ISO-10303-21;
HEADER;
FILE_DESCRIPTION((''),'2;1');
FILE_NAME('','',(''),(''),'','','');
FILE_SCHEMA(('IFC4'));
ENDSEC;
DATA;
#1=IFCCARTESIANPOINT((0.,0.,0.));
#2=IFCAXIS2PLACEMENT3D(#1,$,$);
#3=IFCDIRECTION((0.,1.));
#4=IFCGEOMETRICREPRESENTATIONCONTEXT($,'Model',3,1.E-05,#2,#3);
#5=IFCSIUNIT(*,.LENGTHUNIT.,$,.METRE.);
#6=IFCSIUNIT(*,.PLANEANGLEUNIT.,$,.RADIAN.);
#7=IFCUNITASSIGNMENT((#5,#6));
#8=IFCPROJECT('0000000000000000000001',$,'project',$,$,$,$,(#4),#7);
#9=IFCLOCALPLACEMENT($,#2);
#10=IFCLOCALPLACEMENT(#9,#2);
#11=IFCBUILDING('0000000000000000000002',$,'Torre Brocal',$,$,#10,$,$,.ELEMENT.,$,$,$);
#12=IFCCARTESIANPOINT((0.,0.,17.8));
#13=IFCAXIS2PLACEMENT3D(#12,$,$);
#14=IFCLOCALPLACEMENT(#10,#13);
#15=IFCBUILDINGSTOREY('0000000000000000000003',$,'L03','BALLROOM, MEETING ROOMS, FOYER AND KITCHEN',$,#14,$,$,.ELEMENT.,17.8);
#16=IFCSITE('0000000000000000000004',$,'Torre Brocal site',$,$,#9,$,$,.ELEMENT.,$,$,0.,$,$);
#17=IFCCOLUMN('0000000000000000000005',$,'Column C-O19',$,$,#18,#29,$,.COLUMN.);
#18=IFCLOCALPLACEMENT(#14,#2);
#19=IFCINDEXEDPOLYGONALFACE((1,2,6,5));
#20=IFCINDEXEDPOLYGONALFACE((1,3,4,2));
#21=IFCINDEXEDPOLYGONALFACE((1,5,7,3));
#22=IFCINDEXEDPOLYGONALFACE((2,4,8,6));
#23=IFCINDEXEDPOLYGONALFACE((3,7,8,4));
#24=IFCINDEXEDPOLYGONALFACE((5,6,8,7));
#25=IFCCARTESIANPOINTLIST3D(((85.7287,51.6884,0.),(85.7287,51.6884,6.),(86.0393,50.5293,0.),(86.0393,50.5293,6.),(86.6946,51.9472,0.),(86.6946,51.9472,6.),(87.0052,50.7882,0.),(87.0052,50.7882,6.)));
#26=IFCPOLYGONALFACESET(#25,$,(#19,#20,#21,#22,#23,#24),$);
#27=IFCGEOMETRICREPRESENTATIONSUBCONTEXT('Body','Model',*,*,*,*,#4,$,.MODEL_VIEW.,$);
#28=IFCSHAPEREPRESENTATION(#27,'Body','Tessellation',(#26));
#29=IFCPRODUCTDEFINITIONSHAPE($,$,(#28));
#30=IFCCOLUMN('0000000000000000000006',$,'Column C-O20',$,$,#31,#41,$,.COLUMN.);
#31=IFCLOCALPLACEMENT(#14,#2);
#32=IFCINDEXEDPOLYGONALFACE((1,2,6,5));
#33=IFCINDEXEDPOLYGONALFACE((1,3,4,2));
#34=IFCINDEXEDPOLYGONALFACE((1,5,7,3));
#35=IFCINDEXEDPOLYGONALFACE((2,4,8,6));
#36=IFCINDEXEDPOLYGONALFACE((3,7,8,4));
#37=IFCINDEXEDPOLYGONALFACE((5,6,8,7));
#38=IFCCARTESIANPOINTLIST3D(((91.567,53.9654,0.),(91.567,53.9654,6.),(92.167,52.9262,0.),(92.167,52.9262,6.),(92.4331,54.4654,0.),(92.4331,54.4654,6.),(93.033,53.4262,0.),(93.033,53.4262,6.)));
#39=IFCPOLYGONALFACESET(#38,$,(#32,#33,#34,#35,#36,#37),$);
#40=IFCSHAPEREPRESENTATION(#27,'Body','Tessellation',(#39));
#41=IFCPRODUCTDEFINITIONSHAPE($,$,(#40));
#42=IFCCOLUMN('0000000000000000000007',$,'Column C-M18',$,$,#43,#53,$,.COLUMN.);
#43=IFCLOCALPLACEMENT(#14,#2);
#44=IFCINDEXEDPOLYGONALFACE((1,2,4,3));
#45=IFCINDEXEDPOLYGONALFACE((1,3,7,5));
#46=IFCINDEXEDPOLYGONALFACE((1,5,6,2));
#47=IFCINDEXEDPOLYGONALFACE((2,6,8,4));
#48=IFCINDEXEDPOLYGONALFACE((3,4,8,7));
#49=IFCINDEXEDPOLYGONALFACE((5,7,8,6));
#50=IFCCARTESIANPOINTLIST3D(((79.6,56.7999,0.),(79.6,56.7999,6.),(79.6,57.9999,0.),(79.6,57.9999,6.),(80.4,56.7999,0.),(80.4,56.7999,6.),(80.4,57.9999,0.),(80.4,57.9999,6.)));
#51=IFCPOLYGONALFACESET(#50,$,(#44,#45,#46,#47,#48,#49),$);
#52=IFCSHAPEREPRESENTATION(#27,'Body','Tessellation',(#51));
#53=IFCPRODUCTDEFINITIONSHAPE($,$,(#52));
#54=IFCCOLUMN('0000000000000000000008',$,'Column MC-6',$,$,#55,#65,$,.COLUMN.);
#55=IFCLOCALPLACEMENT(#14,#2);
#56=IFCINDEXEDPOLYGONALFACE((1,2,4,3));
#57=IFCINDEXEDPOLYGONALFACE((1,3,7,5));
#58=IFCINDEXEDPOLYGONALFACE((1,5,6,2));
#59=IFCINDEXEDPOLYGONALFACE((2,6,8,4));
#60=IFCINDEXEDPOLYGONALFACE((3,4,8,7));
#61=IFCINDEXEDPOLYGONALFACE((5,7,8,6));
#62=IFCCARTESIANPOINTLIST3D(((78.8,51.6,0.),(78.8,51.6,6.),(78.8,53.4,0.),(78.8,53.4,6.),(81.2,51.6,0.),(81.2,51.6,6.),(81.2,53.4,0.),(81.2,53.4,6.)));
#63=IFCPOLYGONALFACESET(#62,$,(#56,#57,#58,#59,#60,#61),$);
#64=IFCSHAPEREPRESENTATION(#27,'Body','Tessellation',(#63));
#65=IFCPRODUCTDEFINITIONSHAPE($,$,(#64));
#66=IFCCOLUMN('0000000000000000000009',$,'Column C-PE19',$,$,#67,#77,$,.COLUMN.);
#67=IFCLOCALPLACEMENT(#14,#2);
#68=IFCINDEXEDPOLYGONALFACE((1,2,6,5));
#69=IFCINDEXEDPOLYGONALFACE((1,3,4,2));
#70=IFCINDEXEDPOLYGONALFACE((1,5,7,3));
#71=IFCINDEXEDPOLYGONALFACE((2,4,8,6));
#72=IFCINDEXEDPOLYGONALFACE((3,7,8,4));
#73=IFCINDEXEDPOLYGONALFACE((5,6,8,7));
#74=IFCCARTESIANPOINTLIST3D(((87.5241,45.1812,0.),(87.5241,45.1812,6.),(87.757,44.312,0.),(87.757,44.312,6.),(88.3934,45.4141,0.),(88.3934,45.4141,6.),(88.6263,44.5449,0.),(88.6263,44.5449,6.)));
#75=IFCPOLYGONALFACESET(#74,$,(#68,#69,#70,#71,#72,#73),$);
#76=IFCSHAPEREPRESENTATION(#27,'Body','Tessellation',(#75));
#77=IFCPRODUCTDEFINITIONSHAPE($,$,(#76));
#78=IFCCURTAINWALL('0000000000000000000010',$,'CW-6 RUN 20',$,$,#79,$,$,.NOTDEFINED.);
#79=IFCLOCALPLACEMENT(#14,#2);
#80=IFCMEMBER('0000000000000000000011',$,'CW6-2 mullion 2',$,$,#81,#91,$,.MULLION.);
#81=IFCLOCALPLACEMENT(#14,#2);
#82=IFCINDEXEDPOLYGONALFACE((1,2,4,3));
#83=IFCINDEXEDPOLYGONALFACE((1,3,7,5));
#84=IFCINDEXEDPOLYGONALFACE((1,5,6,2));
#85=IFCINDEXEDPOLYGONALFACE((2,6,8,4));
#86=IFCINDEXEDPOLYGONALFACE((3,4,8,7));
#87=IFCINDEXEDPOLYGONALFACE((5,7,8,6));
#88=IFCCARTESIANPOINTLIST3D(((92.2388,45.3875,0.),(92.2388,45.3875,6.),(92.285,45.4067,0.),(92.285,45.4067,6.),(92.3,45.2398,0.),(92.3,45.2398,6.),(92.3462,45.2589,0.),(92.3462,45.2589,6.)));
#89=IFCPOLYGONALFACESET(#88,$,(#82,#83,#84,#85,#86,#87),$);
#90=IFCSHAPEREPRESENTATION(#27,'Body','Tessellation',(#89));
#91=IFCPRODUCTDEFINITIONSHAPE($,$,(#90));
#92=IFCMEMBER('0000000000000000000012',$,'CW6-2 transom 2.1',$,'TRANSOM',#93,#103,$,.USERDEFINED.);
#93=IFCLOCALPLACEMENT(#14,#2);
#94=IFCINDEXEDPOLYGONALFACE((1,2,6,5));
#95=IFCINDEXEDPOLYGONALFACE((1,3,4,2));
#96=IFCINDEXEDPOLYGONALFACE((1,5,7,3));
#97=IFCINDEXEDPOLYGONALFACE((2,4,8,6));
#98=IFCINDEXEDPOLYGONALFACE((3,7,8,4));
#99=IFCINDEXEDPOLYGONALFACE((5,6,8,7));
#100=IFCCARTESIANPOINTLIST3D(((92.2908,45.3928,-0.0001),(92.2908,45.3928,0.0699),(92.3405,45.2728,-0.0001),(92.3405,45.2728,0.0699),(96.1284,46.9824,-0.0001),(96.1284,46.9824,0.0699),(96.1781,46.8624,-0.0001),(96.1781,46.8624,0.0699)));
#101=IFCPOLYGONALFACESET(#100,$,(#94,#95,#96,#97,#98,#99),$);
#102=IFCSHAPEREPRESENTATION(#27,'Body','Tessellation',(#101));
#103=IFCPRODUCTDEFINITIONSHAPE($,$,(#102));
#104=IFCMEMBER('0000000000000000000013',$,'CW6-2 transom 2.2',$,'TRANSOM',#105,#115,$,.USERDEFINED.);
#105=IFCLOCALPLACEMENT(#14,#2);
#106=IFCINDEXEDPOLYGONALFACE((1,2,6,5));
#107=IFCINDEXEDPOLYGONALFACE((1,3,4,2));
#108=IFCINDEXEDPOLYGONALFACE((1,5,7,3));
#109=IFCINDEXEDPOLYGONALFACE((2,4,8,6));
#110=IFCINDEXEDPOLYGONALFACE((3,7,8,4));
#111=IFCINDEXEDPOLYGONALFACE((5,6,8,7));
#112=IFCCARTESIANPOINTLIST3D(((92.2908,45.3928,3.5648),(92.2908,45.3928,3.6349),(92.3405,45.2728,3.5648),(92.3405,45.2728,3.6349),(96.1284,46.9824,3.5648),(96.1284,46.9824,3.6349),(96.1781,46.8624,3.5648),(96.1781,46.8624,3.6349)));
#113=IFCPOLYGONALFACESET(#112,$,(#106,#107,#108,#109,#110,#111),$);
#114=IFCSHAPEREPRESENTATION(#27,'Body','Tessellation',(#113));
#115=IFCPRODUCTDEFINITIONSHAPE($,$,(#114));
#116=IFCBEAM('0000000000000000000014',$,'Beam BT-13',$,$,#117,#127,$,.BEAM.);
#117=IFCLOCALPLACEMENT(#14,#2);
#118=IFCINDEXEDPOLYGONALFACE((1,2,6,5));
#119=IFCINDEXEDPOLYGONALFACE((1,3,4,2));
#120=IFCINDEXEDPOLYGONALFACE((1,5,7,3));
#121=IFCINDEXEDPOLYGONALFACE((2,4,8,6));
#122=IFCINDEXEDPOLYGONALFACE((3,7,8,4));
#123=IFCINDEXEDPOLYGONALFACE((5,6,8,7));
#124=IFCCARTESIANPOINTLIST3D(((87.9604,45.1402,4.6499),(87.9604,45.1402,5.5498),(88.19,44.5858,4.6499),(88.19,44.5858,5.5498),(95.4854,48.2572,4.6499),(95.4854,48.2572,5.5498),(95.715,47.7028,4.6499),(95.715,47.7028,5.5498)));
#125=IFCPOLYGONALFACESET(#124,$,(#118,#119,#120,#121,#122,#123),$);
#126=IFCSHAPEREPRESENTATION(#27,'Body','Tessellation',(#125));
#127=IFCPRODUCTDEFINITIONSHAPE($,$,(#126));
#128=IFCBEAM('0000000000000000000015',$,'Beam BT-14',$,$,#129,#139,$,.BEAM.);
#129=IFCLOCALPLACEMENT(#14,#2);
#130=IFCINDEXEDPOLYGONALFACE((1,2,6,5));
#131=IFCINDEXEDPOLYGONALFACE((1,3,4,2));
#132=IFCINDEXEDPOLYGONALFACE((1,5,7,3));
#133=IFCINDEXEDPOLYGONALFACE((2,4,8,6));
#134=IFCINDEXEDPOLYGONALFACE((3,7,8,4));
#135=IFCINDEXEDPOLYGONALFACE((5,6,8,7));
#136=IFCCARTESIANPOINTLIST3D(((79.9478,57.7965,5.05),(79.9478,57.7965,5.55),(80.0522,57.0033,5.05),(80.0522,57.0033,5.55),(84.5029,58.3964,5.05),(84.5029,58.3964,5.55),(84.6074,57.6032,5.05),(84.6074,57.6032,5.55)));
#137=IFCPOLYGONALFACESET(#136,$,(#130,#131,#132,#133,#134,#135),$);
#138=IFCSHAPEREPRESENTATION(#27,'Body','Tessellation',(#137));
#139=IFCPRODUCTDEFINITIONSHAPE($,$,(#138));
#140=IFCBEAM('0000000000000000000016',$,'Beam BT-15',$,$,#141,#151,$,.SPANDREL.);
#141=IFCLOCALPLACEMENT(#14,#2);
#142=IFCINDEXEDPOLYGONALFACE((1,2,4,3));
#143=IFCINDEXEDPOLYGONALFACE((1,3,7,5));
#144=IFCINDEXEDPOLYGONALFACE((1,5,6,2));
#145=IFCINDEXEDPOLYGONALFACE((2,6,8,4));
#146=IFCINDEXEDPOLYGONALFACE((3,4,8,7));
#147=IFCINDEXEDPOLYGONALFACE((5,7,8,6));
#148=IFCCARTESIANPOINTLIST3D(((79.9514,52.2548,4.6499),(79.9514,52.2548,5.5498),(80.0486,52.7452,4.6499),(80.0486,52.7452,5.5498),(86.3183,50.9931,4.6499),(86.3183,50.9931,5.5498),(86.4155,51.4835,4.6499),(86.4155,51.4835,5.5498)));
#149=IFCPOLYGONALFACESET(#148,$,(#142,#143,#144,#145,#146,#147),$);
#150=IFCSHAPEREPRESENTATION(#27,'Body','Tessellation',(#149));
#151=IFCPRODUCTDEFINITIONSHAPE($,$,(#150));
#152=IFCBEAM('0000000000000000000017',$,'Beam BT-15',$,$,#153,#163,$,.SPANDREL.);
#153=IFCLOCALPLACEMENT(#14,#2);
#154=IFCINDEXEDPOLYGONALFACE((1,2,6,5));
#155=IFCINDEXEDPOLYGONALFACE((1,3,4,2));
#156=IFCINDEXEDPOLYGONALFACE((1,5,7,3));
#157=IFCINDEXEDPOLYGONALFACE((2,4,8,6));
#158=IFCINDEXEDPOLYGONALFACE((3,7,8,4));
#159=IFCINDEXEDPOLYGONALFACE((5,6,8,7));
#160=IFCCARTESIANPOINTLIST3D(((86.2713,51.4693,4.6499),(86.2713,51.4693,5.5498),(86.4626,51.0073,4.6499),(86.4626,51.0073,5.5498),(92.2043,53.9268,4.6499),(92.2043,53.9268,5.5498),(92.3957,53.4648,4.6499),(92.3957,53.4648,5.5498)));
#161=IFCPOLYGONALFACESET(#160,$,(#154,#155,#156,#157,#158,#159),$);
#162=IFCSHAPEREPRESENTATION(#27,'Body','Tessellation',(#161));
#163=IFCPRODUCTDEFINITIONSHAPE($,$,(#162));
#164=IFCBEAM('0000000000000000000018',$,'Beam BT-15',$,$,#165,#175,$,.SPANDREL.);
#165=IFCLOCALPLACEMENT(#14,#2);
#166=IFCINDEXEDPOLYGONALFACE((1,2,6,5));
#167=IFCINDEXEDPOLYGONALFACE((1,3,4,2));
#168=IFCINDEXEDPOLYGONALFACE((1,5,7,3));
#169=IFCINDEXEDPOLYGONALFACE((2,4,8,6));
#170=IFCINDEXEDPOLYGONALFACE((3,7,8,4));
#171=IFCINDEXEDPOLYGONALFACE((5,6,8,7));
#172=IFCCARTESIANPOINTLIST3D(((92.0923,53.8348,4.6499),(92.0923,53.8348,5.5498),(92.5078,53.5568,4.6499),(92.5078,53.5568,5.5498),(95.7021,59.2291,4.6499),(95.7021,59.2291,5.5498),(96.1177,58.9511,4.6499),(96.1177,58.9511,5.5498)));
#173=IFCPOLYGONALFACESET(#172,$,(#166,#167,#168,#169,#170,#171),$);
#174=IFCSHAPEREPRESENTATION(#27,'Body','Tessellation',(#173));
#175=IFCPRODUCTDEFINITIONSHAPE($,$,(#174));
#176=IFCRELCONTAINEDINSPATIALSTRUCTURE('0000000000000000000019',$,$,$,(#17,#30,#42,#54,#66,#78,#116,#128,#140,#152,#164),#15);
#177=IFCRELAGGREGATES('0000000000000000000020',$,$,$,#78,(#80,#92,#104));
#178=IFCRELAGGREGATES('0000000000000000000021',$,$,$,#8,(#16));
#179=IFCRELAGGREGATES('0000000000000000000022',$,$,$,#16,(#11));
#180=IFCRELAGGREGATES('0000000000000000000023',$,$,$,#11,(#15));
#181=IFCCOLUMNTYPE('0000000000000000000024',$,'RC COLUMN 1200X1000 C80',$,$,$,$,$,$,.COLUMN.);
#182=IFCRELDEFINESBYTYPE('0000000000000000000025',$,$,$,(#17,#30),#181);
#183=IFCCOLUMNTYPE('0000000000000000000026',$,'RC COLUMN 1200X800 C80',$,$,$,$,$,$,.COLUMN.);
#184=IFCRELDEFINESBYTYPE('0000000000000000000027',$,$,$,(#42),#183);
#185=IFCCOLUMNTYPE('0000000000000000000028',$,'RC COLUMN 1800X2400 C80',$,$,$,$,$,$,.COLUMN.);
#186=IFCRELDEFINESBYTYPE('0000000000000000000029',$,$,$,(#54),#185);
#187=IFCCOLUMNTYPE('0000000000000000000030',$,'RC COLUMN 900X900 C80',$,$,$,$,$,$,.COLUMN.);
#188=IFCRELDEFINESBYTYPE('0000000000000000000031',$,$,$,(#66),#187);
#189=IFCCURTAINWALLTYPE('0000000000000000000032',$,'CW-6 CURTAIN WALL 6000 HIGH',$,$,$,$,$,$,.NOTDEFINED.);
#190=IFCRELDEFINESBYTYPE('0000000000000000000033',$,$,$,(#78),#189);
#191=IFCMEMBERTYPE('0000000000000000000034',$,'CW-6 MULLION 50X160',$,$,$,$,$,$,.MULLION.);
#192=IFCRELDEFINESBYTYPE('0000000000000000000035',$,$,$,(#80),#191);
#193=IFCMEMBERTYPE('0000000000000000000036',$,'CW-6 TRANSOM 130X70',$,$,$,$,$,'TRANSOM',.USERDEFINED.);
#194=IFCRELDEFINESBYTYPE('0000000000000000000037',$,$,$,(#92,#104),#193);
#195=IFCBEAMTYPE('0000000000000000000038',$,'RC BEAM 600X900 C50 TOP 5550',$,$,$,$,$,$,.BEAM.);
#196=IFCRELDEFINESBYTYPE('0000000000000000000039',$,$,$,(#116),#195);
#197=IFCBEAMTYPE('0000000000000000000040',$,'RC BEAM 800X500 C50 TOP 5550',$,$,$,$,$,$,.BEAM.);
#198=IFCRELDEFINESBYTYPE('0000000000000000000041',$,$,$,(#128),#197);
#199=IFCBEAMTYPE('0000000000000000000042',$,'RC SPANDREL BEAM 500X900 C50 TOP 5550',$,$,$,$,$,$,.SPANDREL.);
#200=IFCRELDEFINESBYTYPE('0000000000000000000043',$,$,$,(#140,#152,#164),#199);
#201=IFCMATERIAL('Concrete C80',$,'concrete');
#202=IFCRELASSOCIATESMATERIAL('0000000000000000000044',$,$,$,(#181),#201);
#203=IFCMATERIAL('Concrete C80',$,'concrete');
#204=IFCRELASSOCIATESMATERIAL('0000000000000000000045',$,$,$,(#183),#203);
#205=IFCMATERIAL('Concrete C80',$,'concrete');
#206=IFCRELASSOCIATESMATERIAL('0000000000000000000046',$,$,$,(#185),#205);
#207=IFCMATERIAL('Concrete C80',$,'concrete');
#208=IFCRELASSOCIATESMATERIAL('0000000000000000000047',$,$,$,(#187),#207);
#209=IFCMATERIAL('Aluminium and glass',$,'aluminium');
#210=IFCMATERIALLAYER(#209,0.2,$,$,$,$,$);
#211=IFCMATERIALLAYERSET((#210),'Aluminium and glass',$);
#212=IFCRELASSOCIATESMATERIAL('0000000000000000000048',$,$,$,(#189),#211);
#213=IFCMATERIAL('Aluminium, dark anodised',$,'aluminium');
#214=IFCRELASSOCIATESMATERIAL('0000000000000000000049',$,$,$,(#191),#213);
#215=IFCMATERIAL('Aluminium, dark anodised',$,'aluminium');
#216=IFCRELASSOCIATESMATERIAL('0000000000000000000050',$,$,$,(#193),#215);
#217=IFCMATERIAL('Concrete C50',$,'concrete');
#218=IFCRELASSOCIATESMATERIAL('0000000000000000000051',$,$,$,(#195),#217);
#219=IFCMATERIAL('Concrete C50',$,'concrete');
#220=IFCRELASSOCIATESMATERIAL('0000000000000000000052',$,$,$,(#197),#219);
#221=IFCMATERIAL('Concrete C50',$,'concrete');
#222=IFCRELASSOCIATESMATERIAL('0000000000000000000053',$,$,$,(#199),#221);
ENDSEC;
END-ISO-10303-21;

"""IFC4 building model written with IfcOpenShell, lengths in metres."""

from ifc_helpers import new_model, si_unit, direction, frame, origin, origin_2d, place, context, subcontext, project, spatial, rectangle, extrude, material, layer, layer_set, material_profile, profile_set, type_object, element, aggregate, save


model = new_model("IFC4")

# Units and contexts
model_context = context("Model", 3, precision=1e-05, world=origin(), true_north=direction((0.0, 1.0)))
body_context = subcontext(model_context, "Body", "Model", "MODEL_VIEW")
ifc_project = project(units=[si_unit("LENGTHUNIT", "METRE"), si_unit("PLANEANGLEUNIT", "RADIAN")], contexts=[model_context])

# Site, building, storey
site_placement = place(None, origin())
site = spatial("IfcSite", under=ifc_project, at=site_placement, Name="Torre Brocal site", CompositionType="ELEMENT", RefElevation=0.0)
building_placement = place(site_placement, origin())
building = spatial("IfcBuilding", under=site, at=building_placement, Name="Torre Brocal", CompositionType="ELEMENT")
storey_placement = place(building_placement, frame((0.0, 0.0, 17.8)))
storey = spatial("IfcBuildingStorey", under=building, at=storey_placement, Name="L03", Description="BALLROOM, MEETING ROOMS, FOYER AND KITCHEN", CompositionType="ELEMENT", Elevation=17.8)

# Columns
ifc_material_1 = material(Name="Concrete C80", Category="concrete")
ifc_material_profile_1 = material_profile(ifc_material_1, rectangle(XDim=1.2, YDim=1.0, at=origin_2d()), Name="RC 1200X1000")
ifc_profile_set_1 = profile_set([ifc_material_profile_1], Name="Concrete C80")
column_type_1 = type_object("IfcColumnType", Name="RC COLUMN 1200X1000 C80", PredefinedType="COLUMN", material=ifc_profile_set_1)
for number, where, z_axis, x_axis, name in (
    (1, (86.3669, 51.2383, 0.0), (0.0, 0.0, 1.0), (0.258819, -0.965926, 0.0), "Column C-O19"),
    (2, (92.3, 53.6958, 0.0), (0.0, 0.0, 1.0), (0.5, -0.866025, 0.0), "Column C-O20"),
):
    element("IfcColumn", number, at=place(storey_placement, frame(where, z_axis=z_axis, x_axis=x_axis)), inside=storey, type_object=column_type_1, Name=name, PredefinedType="COLUMN", context=body_context, shape_type="SweptSolid", body=[
        extrude(rectangle(XDim=1.2, YDim=1.0, at=origin_2d()), origin(), (0.0, 0.0, 1.0), 6.0),
    ])
ifc_material_2 = material(Name="Concrete C80", Category="concrete")
ifc_material_profile_2 = material_profile(ifc_material_2, rectangle(XDim=1.2, YDim=0.8, at=origin_2d()), Name="RC 1200X800")
ifc_profile_set_2 = profile_set([ifc_material_profile_2], Name="Concrete C80")
column_type_2 = type_object("IfcColumnType", Name="RC COLUMN 1200X800 C80", PredefinedType="COLUMN", material=ifc_profile_set_2)
column_1_placement = place(storey_placement, frame((80.0, 57.3999, 0.0), z_axis=(0.0, 0.0, 1.0), x_axis=(0.0, -1.0, 0.0)))
element("IfcColumn", 3, at=column_1_placement, inside=storey, type_object=column_type_2, Name="Column C-M18", PredefinedType="COLUMN", context=body_context, shape_type="SweptSolid", body=[
    extrude(rectangle(XDim=1.2, YDim=0.8, at=origin_2d()), origin(), (0.0, 0.0, 1.0), 6.0),
])
ifc_material_3 = material(Name="Concrete C80", Category="concrete")
ifc_material_profile_3 = material_profile(ifc_material_3, rectangle(XDim=1.8, YDim=2.3999, at=origin_2d()), Name="RC 1800X2400")
ifc_profile_set_3 = profile_set([ifc_material_profile_3], Name="Concrete C80")
column_type_3 = type_object("IfcColumnType", Name="RC COLUMN 1800X2400 C80", PredefinedType="COLUMN", material=ifc_profile_set_3)
column_2_placement = place(storey_placement, frame((80.0, 52.5, 0.0), z_axis=(0.0, 0.0, 1.0), x_axis=(0.0, -1.0, 0.0)))
element("IfcColumn", 4, at=column_2_placement, inside=storey, type_object=column_type_3, Name="Column MC-6", PredefinedType="COLUMN", context=body_context, shape_type="SweptSolid", body=[
    extrude(rectangle(XDim=1.8, YDim=2.3999, at=origin_2d()), origin(), (0.0, 0.0, 1.0), 6.0),
])
ifc_material_4 = material(Name="Concrete C80", Category="concrete")
ifc_material_profile_4 = material_profile(ifc_material_4, rectangle(XDim=0.8999, YDim=0.8999, at=origin_2d()), Name="RC 900X900")
ifc_profile_set_4 = profile_set([ifc_material_profile_4], Name="Concrete C80")
column_type_4 = type_object("IfcColumnType", Name="RC COLUMN 900X900 C80", PredefinedType="COLUMN", material=ifc_profile_set_4)
column_3_placement = place(storey_placement, frame((88.0752, 44.863, 0.0), z_axis=(0.0, 0.0, 1.0), x_axis=(0.258819, -0.965926, 0.0)))
element("IfcColumn", 5, at=column_3_placement, inside=storey, type_object=column_type_4, Name="Column C-PE19", PredefinedType="COLUMN", context=body_context, shape_type="SweptSolid", body=[
    extrude(rectangle(XDim=0.8999, YDim=0.8999, at=origin_2d()), origin(), (0.0, 0.0, 1.0), 6.0),
])

# Curtain wall, members
ifc_material_5 = material(Name="Aluminium and glass", Category="aluminium")
ifc_layer_1 = layer(ifc_material_5, 0.2)
ifc_layer_set_1 = layer_set([ifc_layer_1], Name="Aluminium and glass")
curtain_wall_type = type_object("IfcCurtainWallType", Name="CW-6 CURTAIN WALL 6000 HIGH", PredefinedType="NOTDEFINED", material=ifc_layer_set_1)
curtain_wall_placement = place(storey_placement, origin())
curtain_wall = element("IfcCurtainWall", 6, at=curtain_wall_placement, inside=storey, type_object=curtain_wall_type, Name="CW-6 RUN 20", PredefinedType="NOTDEFINED")
ifc_material_6 = material(Name="Aluminium, dark anodised", Category="aluminium")
ifc_material_profile_5 = material_profile(ifc_material_6, rectangle(XDim=0.1599, YDim=0.05, at=origin_2d()), Name="CW-6 MULLION 50X160")
ifc_profile_set_5 = profile_set([ifc_material_profile_5], Name="Aluminium, dark anodised")
member_type_1 = type_object("IfcMemberType", Name="CW-6 MULLION 50X160", PredefinedType="MULLION", material=ifc_profile_set_5)
member_1_placement = place(storey_placement, frame((92.2925, 45.3232, 0.0), z_axis=(0.0, 0.0, 1.0), x_axis=(-0.382683, 0.92388, 0.0)))
member_1 = element("IfcMember", 7, at=member_1_placement, type_object=member_type_1, Name="CW6-2 mullion 2", PredefinedType="MULLION", context=body_context, shape_type="SweptSolid", body=[
    extrude(rectangle(XDim=0.1599, YDim=0.05, at=origin_2d()), origin(), (0.0, 0.0, 1.0), 6.0),
])
ifc_material_7 = material(Name="Aluminium, dark anodised", Category="aluminium")
ifc_material_profile_6 = material_profile(ifc_material_7, rectangle(XDim=0.1299, YDim=0.0701, at=origin_2d()), Name="CW-6 TRANSOM 130X70")
ifc_profile_set_6 = profile_set([ifc_material_profile_6], Name="Aluminium, dark anodised")
member_type_2 = type_object("IfcMemberType", Name="CW-6 TRANSOM 130X70", ElementType="TRANSOM", PredefinedType="USERDEFINED", material=ifc_profile_set_6)
member_2_placement = place(storey_placement, frame((92.3157, 45.3328, 0.0349), z_axis=(0.92388, 0.382682, 0.0), x_axis=(-0.382682, 0.92388, 0.0)))
member_2 = element("IfcMember", 8, at=member_2_placement, type_object=member_type_2, Name="CW6-2 transom 2.1", ObjectType="TRANSOM", PredefinedType="USERDEFINED", context=body_context, shape_type="SweptSolid", body=[
    extrude(rectangle(XDim=0.1299, YDim=0.0701, at=origin_2d()), origin(), (0.0, 0.0, 1.0), 4.1538),
])
member_3_placement = place(storey_placement, frame((92.3157, 45.3328, 3.5999), z_axis=(0.92388, 0.382682, 0.0), x_axis=(-0.382682, 0.92388, 0.0)))
member_3 = element("IfcMember", 9, at=member_3_placement, type_object=member_type_2, Name="CW6-2 transom 2.2", ObjectType="TRANSOM", PredefinedType="USERDEFINED", context=body_context, shape_type="SweptSolid", body=[
    extrude(rectangle(XDim=0.1299, YDim=0.0701, at=origin_2d()), origin(), (0.0, 0.0, 1.0), 4.1538),
])

# Beams
ifc_material_8 = material(Name="Concrete C50", Category="concrete")
ifc_material_profile_7 = material_profile(ifc_material_8, rectangle(XDim=0.6001, YDim=0.8999, at=origin_2d()), Name="RC 600X900")
ifc_profile_set_7 = profile_set([ifc_material_profile_7], Name="Concrete C50")
beam_type_1 = type_object("IfcBeamType", Name="RC BEAM 600X900 C50 TOP 5550", PredefinedType="BEAM", material=ifc_profile_set_7)
beam_1_placement = place(storey_placement, frame((88.0752, 44.863, 5.0999), z_axis=(0.923878, 0.382686, 0.0), x_axis=(-0.382686, 0.923878, 0.0)))
element("IfcBeam", 10, at=beam_1_placement, inside=storey, type_object=beam_type_1, Name="Beam BT-13", PredefinedType="BEAM", context=body_context, shape_type="SweptSolid", body=[
    extrude(rectangle(XDim=0.6001, YDim=0.8999, at=origin_2d()), origin(), (0.0, 0.0, 1.0), 8.145),
])
ifc_material_9 = material(Name="Concrete C50", Category="concrete")
ifc_material_profile_8 = material_profile(ifc_material_9, rectangle(XDim=0.8, YDim=0.5, at=origin_2d()), Name="RC 800X500")
ifc_profile_set_8 = profile_set([ifc_material_profile_8], Name="Concrete C50")
beam_type_2 = type_object("IfcBeamType", Name="RC BEAM 800X500 C50 TOP 5550", PredefinedType="BEAM", material=ifc_profile_set_8)
beam_2_placement = place(storey_placement, frame((80.0, 57.3999, 5.3), z_axis=(0.991441, 0.130559, 0.0), x_axis=(-0.130559, 0.991441, 0.0)))
element("IfcBeam", 11, at=beam_2_placement, inside=storey, type_object=beam_type_2, Name="Beam BT-14", PredefinedType="BEAM", context=body_context, shape_type="SweptSolid", body=[
    extrude(rectangle(XDim=0.8, YDim=0.5, at=origin_2d()), origin(), (0.0, 0.0, 1.0), 4.5945),
])
ifc_material_10 = material(Name="Concrete C50", Category="concrete")
ifc_material_profile_9 = material_profile(ifc_material_10, rectangle(XDim=0.5, YDim=0.8999, at=origin_2d()), Name="RC 500X900")
ifc_profile_set_9 = profile_set([ifc_material_profile_9], Name="Concrete C50")
beam_type_3 = type_object("IfcBeamType", Name="RC SPANDREL BEAM 500X900 C50 TOP 5550", PredefinedType="SPANDREL", material=ifc_profile_set_9)
beam_3_placement = place(storey_placement, frame((80.0, 52.5, 5.0999), z_axis=(0.980925, -0.194387, 0.0), x_axis=(0.194387, 0.980925, 0.0)))
element("IfcBeam", 12, at=beam_3_placement, inside=storey, type_object=beam_type_3, Name="Beam BT-15", PredefinedType="SPANDREL", context=body_context, shape_type="SweptSolid", body=[
    extrude(rectangle(XDim=0.5, YDim=0.8999, at=origin_2d()), origin(), (0.0, 0.0, 1.0), 6.4907),
])
beam_4_placement = place(storey_placement, frame((86.3669, 51.2383, 5.0999), z_axis=(0.923882, 0.382676, 0.0), x_axis=(-0.382676, 0.923882, 0.0)))
element("IfcBeam", 13, at=beam_4_placement, inside=storey, type_object=beam_type_3, Name="Beam BT-15", PredefinedType="SPANDREL", context=body_context, shape_type="SweptSolid", body=[
    extrude(rectangle(XDim=0.5, YDim=0.8999, at=origin_2d()), origin(), (0.0, 0.0, 1.0), 6.4219),
])
beam_5_placement = place(storey_placement, frame((92.3, 53.6958, 5.0999), z_axis=(0.556158, 0.831077, 0.0), x_axis=(-0.831077, 0.556158, 0.0)))
element("IfcBeam", 14, at=beam_5_placement, inside=storey, type_object=beam_type_3, Name="Beam BT-15", PredefinedType="SPANDREL", context=body_context, shape_type="SweptSolid", body=[
    extrude(rectangle(XDim=0.5, YDim=0.8999, at=origin_2d()), origin(), (0.0, 0.0, 1.0), 6.4907),
])

aggregate(curtain_wall, [member_1, member_2, member_3])

save(model, "model.ifc")
